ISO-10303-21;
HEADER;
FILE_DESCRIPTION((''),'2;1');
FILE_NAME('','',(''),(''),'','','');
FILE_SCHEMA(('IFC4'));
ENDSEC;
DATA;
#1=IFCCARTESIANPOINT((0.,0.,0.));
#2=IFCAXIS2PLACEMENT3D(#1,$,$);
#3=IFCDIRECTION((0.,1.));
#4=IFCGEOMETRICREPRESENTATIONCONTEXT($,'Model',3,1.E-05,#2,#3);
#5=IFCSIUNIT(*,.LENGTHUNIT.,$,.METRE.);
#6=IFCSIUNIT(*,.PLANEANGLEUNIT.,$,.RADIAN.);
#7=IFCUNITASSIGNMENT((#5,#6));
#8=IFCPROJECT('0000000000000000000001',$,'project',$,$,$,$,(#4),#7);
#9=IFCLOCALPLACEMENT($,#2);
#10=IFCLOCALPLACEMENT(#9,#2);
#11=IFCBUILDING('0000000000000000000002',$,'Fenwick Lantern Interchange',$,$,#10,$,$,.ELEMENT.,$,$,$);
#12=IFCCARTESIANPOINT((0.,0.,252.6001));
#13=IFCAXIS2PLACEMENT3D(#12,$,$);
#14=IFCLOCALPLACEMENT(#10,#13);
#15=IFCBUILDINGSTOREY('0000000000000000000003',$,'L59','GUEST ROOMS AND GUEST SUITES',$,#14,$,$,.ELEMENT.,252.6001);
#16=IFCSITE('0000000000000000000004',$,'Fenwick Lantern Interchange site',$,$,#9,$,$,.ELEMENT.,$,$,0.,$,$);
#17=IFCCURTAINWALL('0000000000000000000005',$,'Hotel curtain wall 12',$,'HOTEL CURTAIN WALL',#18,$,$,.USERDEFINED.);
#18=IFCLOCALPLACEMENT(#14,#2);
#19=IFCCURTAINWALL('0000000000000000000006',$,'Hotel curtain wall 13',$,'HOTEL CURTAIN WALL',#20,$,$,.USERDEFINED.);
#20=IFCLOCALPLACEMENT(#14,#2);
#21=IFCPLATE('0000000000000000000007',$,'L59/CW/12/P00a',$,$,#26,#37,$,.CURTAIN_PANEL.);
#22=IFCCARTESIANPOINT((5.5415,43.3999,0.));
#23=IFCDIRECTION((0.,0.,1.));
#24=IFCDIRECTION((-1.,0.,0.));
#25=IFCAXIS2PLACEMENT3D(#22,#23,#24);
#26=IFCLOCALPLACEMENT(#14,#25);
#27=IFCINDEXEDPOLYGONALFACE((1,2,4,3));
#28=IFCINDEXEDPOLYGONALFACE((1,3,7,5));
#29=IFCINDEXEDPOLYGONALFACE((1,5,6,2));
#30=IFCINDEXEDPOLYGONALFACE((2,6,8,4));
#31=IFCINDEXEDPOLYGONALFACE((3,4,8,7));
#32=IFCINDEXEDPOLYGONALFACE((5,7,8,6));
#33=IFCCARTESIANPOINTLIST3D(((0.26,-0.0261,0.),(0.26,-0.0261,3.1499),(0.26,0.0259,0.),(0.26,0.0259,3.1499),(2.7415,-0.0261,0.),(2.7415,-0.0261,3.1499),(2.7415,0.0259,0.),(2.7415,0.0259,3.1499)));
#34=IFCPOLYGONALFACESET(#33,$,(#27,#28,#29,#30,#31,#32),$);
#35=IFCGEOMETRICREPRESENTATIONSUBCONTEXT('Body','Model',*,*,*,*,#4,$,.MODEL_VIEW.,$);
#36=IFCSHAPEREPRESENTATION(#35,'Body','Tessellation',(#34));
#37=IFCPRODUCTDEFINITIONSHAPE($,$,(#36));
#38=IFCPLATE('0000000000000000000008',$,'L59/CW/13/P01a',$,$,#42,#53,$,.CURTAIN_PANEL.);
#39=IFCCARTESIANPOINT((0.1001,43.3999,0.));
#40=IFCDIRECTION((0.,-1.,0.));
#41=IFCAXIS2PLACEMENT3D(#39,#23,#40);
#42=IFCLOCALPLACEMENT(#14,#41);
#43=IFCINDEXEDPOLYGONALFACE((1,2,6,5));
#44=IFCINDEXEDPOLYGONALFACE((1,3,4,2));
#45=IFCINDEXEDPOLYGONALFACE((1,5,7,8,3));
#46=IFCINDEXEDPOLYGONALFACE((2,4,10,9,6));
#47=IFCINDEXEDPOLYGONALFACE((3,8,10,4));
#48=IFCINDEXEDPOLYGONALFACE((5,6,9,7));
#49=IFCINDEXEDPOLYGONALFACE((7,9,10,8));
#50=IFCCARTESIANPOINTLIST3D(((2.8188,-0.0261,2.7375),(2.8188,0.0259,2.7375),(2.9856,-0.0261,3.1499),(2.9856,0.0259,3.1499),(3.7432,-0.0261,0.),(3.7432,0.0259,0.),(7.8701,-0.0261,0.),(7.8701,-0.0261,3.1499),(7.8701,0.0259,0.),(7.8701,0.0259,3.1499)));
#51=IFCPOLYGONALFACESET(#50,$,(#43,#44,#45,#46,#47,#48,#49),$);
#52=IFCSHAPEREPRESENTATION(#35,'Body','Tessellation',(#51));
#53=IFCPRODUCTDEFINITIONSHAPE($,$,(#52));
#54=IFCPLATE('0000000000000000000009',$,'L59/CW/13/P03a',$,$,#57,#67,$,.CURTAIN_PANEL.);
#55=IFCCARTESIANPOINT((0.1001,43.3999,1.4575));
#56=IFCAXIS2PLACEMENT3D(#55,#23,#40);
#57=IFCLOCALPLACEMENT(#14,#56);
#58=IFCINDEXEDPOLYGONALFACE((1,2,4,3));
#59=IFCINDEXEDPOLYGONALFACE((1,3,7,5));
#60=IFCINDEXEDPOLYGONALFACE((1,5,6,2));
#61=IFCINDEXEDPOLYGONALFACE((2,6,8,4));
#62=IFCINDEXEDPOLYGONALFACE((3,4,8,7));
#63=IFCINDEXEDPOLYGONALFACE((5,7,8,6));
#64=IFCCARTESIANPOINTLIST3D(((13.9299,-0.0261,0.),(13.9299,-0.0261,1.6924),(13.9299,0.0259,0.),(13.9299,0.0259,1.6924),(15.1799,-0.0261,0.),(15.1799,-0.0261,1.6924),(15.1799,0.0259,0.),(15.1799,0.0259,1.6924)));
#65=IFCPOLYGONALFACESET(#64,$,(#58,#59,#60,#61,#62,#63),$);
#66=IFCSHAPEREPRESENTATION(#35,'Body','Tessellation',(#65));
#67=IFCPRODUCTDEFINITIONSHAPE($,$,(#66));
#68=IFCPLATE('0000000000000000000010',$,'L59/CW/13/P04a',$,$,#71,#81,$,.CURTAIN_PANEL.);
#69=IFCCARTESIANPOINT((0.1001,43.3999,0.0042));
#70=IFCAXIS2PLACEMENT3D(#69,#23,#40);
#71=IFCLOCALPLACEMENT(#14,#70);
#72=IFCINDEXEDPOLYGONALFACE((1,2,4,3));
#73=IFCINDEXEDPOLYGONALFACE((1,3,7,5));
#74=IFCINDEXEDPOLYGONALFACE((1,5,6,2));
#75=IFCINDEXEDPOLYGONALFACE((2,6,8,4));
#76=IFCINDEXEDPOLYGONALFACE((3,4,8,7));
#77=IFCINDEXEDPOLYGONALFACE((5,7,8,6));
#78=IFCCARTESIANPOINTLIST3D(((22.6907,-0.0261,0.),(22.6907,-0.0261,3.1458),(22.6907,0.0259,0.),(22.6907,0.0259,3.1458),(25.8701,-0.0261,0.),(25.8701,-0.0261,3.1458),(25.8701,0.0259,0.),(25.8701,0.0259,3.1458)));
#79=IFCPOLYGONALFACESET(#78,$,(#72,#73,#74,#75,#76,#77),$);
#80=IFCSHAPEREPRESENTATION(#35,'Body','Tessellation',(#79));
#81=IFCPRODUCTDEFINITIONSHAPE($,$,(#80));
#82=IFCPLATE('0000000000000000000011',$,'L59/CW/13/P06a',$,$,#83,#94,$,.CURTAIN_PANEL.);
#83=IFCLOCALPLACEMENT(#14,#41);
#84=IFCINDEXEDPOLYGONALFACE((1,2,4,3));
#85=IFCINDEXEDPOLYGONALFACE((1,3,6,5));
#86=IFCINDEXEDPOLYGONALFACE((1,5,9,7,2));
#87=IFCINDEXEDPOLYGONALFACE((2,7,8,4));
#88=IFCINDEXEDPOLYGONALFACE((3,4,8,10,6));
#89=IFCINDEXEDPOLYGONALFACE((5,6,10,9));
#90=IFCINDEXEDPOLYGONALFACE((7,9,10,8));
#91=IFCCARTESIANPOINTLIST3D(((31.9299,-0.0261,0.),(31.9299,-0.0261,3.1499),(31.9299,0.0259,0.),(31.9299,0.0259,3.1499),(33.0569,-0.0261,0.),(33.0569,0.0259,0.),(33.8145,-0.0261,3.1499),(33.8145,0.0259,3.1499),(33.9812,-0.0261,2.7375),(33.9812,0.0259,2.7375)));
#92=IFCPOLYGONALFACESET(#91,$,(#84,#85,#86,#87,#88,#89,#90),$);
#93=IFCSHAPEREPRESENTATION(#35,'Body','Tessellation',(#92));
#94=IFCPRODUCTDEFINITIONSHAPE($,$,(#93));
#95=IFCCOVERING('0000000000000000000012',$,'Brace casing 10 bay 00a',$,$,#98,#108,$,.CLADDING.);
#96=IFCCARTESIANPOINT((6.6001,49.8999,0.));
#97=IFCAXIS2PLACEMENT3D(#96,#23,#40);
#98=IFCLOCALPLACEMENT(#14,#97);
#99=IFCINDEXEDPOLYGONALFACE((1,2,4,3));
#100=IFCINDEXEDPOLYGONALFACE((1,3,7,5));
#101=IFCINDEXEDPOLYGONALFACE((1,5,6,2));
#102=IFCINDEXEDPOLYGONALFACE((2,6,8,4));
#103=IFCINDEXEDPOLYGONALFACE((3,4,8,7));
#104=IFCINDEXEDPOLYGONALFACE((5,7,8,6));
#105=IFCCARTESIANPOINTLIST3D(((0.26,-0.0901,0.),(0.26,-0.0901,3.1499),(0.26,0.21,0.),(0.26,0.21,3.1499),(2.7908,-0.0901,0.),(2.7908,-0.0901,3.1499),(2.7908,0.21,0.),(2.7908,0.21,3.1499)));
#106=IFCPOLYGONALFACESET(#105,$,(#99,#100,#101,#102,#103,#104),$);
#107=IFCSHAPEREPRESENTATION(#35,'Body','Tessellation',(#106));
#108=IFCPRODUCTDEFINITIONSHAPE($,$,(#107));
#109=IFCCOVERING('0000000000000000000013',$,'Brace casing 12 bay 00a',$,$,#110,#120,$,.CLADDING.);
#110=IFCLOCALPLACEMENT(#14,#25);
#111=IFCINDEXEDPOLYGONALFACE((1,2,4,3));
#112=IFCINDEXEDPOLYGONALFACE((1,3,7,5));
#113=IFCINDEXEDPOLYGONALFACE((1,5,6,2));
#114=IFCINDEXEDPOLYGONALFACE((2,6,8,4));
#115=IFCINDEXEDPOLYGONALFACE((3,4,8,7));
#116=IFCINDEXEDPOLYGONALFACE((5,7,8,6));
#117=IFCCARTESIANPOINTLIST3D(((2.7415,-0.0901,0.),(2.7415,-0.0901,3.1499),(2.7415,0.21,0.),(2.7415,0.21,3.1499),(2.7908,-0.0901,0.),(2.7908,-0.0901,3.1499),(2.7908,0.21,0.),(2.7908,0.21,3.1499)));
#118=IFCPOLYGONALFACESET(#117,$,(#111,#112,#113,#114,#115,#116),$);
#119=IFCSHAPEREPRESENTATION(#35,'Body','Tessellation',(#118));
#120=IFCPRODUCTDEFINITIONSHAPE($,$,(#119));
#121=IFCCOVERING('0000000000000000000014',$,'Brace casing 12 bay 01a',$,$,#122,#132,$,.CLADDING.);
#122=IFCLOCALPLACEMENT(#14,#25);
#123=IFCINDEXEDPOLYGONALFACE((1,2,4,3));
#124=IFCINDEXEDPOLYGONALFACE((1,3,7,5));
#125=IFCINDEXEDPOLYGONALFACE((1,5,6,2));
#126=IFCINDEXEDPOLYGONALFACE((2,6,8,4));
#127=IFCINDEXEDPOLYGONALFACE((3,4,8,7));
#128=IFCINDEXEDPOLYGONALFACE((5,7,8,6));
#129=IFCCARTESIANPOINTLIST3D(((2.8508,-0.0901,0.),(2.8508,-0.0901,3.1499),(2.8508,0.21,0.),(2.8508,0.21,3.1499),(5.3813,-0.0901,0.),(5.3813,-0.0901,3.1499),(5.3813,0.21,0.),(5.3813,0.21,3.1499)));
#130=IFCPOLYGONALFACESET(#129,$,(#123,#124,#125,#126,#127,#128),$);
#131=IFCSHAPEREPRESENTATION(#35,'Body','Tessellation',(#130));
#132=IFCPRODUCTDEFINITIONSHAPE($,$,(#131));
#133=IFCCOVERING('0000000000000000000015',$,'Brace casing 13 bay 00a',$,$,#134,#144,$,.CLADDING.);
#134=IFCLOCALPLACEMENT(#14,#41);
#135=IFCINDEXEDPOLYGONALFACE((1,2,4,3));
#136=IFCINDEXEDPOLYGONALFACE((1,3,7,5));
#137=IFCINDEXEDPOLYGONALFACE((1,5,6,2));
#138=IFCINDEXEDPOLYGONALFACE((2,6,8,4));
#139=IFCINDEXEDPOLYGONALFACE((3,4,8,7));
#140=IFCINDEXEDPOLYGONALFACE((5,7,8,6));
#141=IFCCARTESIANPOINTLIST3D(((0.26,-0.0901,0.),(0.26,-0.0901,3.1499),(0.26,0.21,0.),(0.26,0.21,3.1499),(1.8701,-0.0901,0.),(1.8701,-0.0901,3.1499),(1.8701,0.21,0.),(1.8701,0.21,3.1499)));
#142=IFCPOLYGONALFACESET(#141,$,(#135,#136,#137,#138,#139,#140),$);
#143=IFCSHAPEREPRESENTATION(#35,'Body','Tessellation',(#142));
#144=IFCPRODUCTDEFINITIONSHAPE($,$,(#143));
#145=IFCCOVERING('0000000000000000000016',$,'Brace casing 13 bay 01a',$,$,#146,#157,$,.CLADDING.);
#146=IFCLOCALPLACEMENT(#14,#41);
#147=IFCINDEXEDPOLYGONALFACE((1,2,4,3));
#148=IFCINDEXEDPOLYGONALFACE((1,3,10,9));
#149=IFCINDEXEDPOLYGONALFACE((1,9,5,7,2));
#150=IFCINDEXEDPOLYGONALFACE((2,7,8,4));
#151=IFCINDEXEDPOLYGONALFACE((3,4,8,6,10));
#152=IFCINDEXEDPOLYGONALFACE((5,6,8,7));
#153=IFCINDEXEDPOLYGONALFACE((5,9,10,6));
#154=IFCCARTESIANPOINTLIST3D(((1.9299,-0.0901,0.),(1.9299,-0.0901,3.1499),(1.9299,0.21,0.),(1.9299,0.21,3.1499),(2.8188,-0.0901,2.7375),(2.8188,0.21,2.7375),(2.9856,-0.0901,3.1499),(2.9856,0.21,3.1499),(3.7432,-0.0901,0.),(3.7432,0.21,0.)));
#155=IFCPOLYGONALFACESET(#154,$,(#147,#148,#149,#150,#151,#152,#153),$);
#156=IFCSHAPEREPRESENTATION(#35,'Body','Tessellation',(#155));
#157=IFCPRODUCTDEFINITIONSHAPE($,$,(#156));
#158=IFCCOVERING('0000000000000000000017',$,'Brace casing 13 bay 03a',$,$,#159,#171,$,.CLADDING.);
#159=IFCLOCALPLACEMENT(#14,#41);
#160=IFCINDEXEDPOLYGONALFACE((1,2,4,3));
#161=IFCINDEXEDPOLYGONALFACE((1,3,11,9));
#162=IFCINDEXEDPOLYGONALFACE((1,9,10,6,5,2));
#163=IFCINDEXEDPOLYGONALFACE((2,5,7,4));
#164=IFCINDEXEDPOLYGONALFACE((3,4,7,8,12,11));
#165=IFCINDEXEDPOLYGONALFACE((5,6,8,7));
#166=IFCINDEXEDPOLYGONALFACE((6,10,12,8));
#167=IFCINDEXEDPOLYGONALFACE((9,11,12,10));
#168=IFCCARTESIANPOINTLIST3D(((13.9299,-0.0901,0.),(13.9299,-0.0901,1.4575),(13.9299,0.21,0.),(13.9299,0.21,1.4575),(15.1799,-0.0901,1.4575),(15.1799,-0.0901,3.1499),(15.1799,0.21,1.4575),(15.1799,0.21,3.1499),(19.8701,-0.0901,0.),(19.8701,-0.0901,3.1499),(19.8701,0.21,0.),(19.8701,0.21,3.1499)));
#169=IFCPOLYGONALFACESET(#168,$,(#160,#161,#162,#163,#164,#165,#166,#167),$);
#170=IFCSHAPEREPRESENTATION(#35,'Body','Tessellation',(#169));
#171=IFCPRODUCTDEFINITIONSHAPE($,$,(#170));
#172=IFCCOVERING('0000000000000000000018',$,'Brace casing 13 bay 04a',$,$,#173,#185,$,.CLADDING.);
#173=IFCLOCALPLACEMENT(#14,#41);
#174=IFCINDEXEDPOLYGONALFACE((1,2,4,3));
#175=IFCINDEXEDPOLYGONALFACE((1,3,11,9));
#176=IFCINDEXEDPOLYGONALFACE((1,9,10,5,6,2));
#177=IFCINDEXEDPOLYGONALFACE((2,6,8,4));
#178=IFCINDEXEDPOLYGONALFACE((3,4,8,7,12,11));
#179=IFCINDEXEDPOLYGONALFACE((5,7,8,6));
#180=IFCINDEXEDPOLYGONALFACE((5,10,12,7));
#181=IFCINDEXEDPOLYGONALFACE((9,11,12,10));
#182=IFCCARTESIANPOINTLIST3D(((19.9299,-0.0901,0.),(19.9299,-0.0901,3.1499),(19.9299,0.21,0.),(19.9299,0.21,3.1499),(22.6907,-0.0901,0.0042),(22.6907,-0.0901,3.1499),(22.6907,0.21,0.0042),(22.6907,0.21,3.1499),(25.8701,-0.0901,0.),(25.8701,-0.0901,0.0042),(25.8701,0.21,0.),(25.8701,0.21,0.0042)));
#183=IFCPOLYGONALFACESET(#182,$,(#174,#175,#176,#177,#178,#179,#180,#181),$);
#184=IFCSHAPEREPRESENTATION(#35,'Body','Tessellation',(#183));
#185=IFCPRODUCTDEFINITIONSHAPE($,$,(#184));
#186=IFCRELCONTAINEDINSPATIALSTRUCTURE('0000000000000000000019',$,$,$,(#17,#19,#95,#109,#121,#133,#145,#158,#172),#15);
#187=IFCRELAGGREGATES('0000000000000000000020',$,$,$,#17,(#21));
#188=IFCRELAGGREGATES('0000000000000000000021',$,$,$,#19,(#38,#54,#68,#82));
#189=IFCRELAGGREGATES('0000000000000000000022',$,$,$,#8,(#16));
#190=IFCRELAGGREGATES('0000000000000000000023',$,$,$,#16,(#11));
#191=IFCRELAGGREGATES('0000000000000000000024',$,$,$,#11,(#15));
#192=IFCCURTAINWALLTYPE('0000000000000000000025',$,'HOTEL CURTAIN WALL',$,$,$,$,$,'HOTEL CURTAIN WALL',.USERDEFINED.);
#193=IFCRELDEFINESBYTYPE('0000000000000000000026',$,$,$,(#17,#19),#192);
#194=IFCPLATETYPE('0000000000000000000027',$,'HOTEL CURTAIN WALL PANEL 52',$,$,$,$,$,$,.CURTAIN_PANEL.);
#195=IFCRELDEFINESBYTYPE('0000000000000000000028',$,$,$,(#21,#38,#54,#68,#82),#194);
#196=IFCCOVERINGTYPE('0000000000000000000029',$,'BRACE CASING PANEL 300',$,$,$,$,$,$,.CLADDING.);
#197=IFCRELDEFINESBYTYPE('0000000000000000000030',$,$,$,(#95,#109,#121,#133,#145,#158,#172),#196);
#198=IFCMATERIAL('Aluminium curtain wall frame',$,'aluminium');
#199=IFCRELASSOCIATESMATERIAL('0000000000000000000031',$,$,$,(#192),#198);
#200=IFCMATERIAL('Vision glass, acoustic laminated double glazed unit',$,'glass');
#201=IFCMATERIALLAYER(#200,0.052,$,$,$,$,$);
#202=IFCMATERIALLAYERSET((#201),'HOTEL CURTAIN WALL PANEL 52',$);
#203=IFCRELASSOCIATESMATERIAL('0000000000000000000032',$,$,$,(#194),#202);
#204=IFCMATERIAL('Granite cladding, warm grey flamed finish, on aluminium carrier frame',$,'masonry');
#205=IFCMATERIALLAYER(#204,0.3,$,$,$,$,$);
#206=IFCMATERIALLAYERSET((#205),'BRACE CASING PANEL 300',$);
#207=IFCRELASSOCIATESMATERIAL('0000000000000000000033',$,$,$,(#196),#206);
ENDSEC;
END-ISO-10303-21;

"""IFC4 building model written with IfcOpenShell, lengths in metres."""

from ifc_helpers import new_model, si_unit, direction, frame, origin, place, context, subcontext, project, spatial, polyline, outline, extrude, material, layer, layer_set, type_object, element, aggregate, save


model = new_model("IFC4")

# Units and contexts
model_context = context("Model", 3, precision=1e-05, world=origin(), true_north=direction((0.0, 1.0)))
body_context = subcontext(model_context, "Body", "Model", "MODEL_VIEW")
ifc_project = project(units=[si_unit("LENGTHUNIT", "METRE"), si_unit("PLANEANGLEUNIT", "RADIAN")], contexts=[model_context])

# Site, building, storey
site_placement = place(None, origin())
site = spatial("IfcSite", under=ifc_project, at=site_placement, Name="Fenwick Lantern Interchange site", CompositionType="ELEMENT", RefElevation=0.0)
building_placement = place(site_placement, origin())
building = spatial("IfcBuilding", under=site, at=building_placement, Name="Fenwick Lantern Interchange", CompositionType="ELEMENT")
storey_placement = place(building_placement, frame((0.0, 0.0, 252.6001)))
storey = spatial("IfcBuildingStorey", under=building, at=storey_placement, Name="L59", Description="GUEST ROOMS AND GUEST SUITES", CompositionType="ELEMENT", Elevation=252.6001)

# Shared definitions
ifc_material_1 = material(Name="Aluminium curtain wall frame", Category="aluminium")
curtain_wall_type = type_object("IfcCurtainWallType", Name="HOTEL CURTAIN WALL", ElementType="HOTEL CURTAIN WALL", PredefinedType="USERDEFINED", material=ifc_material_1)

# Curtain wall
curtain_wall_1_placement = place(storey_placement, origin())
curtain_wall_1 = element("IfcCurtainWall", 1, at=curtain_wall_1_placement, inside=storey, type_object=curtain_wall_type, Name="Hotel curtain wall 12", ObjectType="HOTEL CURTAIN WALL", PredefinedType="USERDEFINED")

# Curtain wall
curtain_wall_2_placement = place(storey_placement, origin())
curtain_wall_2 = element("IfcCurtainWall", 2, at=curtain_wall_2_placement, inside=storey, type_object=curtain_wall_type, Name="Hotel curtain wall 13", ObjectType="HOTEL CURTAIN WALL", PredefinedType="USERDEFINED")

# Plates
ifc_material_2 = material(Name="Vision glass, acoustic laminated double glazed unit", Category="glass")
ifc_layer_1 = layer(ifc_material_2, 0.052)
ifc_layer_set_1 = layer_set([ifc_layer_1], Name="HOTEL CURTAIN WALL PANEL 52")
plate_type = type_object("IfcPlateType", Name="HOTEL CURTAIN WALL PANEL 52", PredefinedType="CURTAIN_PANEL", material=ifc_layer_set_1)
plate_1_placement = place(storey_placement, frame((5.5415, 43.3999, 0.0), z_axis=(0.0, 0.0, 1.0), x_axis=(-1.0, 0.0, 0.0)))
plate_1 = element("IfcPlate", 3, at=plate_1_placement, type_object=plate_type, Name="L59/CW/12/P00a", PredefinedType="CURTAIN_PANEL", context=body_context, shape_type="SweptSolid", body=[
    extrude(outline(polyline([(0.26, 0.0), (2.7415, 0.0), (2.7415, 3.1499), (0.26, 3.1499), (0.26, 0.0)])), frame((0.0, 0.0259, 0.0), z_axis=(0.0, -1.0, 0.0), x_axis=(1.0, 0.0, 0.0)), (0.0, 0.0, 1.0), 0.052),
])
aggregate(curtain_wall_1, [plate_1])
plate_2_placement = place(storey_placement, frame((0.1001, 43.3999, 0.0), z_axis=(0.0, 0.0, 1.0), x_axis=(0.0, -1.0, 0.0)))
plate_2 = element("IfcPlate", 4, at=plate_2_placement, type_object=plate_type, Name="L59/CW/13/P01a", PredefinedType="CURTAIN_PANEL", context=body_context, shape_type="SweptSolid", body=[
    extrude(outline(polyline([(3.7432, 0.0), (7.8701, 0.0), (7.8701, 3.1499), (2.9856, 3.1499), (2.8188, 2.7375), (3.7432, 0.0)])), frame((0.0, 0.0259, 0.0), z_axis=(0.0, -1.0, 0.0), x_axis=(1.0, 0.0, 0.0)), (0.0, 0.0, 1.0), 0.052),
])
plate_3_placement = place(storey_placement, frame((0.1001, 43.3999, 1.4575), z_axis=(0.0, 0.0, 1.0), x_axis=(0.0, -1.0, 0.0)))
plate_3 = element("IfcPlate", 5, at=plate_3_placement, type_object=plate_type, Name="L59/CW/13/P03a", PredefinedType="CURTAIN_PANEL", context=body_context, shape_type="SweptSolid", body=[
    extrude(outline(polyline([(13.9299, 0.0), (15.1799, 0.0), (15.1799, 1.6924), (13.9299, 1.6924), (13.9299, 0.0)])), frame((0.0, 0.0259, 0.0), z_axis=(0.0, -1.0, 0.0), x_axis=(1.0, 0.0, 0.0)), (0.0, 0.0, 1.0), 0.052),
])
plate_4_placement = place(storey_placement, frame((0.1001, 43.3999, 0.0042), z_axis=(0.0, 0.0, 1.0), x_axis=(0.0, -1.0, 0.0)))
plate_4 = element("IfcPlate", 6, at=plate_4_placement, type_object=plate_type, Name="L59/CW/13/P04a", PredefinedType="CURTAIN_PANEL", context=body_context, shape_type="SweptSolid", body=[
    extrude(outline(polyline([(22.6907, 0.0), (25.8701, 0.0), (25.8701, 3.1458), (22.6907, 3.1458), (22.6907, 0.0)])), frame((0.0, 0.0259, 0.0), z_axis=(0.0, -1.0, 0.0), x_axis=(1.0, 0.0, 0.0)), (0.0, 0.0, 1.0), 0.052),
])
plate_5_placement = place(storey_placement, frame((0.1001, 43.3999, 0.0), z_axis=(0.0, 0.0, 1.0), x_axis=(0.0, -1.0, 0.0)))
plate_5 = element("IfcPlate", 7, at=plate_5_placement, type_object=plate_type, Name="L59/CW/13/P06a", PredefinedType="CURTAIN_PANEL", context=body_context, shape_type="SweptSolid", body=[
    extrude(outline(polyline([(31.9299, 0.0), (33.0569, 0.0), (33.9812, 2.7375), (33.8145, 3.1499), (31.9299, 3.1499), (31.9299, 0.0)])), frame((0.0, 0.0259, 0.0), z_axis=(0.0, -1.0, 0.0), x_axis=(1.0, 0.0, 0.0)), (0.0, 0.0, 1.0), 0.052),
])
aggregate(curtain_wall_2, [plate_2, plate_3, plate_4, plate_5])

# Coverings
ifc_material_3 = material(Name="Granite cladding, warm grey flamed finish, on aluminium carrier frame", Category="masonry")
ifc_layer_2 = layer(ifc_material_3, 0.3)
ifc_layer_set_2 = layer_set([ifc_layer_2], Name="BRACE CASING PANEL 300")
covering_type = type_object("IfcCoveringType", Name="BRACE CASING PANEL 300", PredefinedType="CLADDING", material=ifc_layer_set_2)
covering_1_placement = place(storey_placement, frame((6.6001, 49.8999, 0.0), z_axis=(0.0, 0.0, 1.0), x_axis=(0.0, -1.0, 0.0)))
element("IfcCovering", 8, at=covering_1_placement, inside=storey, type_object=covering_type, Name="Brace casing 10 bay 00a", PredefinedType="CLADDING", context=body_context, shape_type="SweptSolid", body=[
    extrude(outline(polyline([(0.26, 0.0), (2.7908, 0.0), (2.7908, 3.1499), (0.26, 3.1499), (0.26, 0.0)])), frame((0.0, 0.21, 0.0), z_axis=(0.0, -1.0, 0.0), x_axis=(1.0, 0.0, 0.0)), (0.0, 0.0, 1.0), 0.3),
])
covering_2_placement = place(storey_placement, frame((5.5415, 43.3999, 0.0), z_axis=(0.0, 0.0, 1.0), x_axis=(-1.0, 0.0, 0.0)))
element("IfcCovering", 9, at=covering_2_placement, inside=storey, type_object=covering_type, Name="Brace casing 12 bay 00a", PredefinedType="CLADDING", context=body_context, shape_type="SweptSolid", body=[
    extrude(outline(polyline([(2.7415, 0.0), (2.7908, 0.0), (2.7908, 3.1499), (2.7415, 3.1499), (2.7415, 0.0)])), frame((0.0, 0.21, 0.0), z_axis=(0.0, -1.0, 0.0), x_axis=(1.0, 0.0, 0.0)), (0.0, 0.0, 1.0), 0.3),
])
covering_3_placement = place(storey_placement, frame((5.5415, 43.3999, 0.0), z_axis=(0.0, 0.0, 1.0), x_axis=(-1.0, 0.0, 0.0)))
element("IfcCovering", 10, at=covering_3_placement, inside=storey, type_object=covering_type, Name="Brace casing 12 bay 01a", PredefinedType="CLADDING", context=body_context, shape_type="SweptSolid", body=[
    extrude(outline(polyline([(2.8508, 0.0), (5.3813, 0.0), (5.3813, 3.1499), (2.8508, 3.1499), (2.8508, 0.0)])), frame((0.0, 0.21, 0.0), z_axis=(0.0, -1.0, 0.0), x_axis=(1.0, 0.0, 0.0)), (0.0, 0.0, 1.0), 0.3),
])
covering_4_placement = place(storey_placement, frame((0.1001, 43.3999, 0.0), z_axis=(0.0, 0.0, 1.0), x_axis=(0.0, -1.0, 0.0)))
element("IfcCovering", 11, at=covering_4_placement, inside=storey, type_object=covering_type, Name="Brace casing 13 bay 00a", PredefinedType="CLADDING", context=body_context, shape_type="SweptSolid", body=[
    extrude(outline(polyline([(0.26, 0.0), (1.8701, 0.0), (1.8701, 3.1499), (0.26, 3.1499), (0.26, 0.0)])), frame((0.0, 0.21, 0.0), z_axis=(0.0, -1.0, 0.0), x_axis=(1.0, 0.0, 0.0)), (0.0, 0.0, 1.0), 0.3),
])
covering_5_placement = place(storey_placement, frame((0.1001, 43.3999, 0.0), z_axis=(0.0, 0.0, 1.0), x_axis=(0.0, -1.0, 0.0)))
element("IfcCovering", 12, at=covering_5_placement, inside=storey, type_object=covering_type, Name="Brace casing 13 bay 01a", PredefinedType="CLADDING", context=body_context, shape_type="SweptSolid", body=[
    extrude(outline(polyline([(1.9299, 0.0), (3.7432, 0.0), (2.8188, 2.7375), (2.9856, 3.1499), (1.9299, 3.1499), (1.9299, 0.0)])), frame((0.0, 0.21, 0.0), z_axis=(0.0, -1.0, 0.0), x_axis=(1.0, 0.0, 0.0)), (0.0, 0.0, 1.0), 0.3),
])
covering_6_placement = place(storey_placement, frame((0.1001, 43.3999, 0.0), z_axis=(0.0, 0.0, 1.0), x_axis=(0.0, -1.0, 0.0)))
element("IfcCovering", 13, at=covering_6_placement, inside=storey, type_object=covering_type, Name="Brace casing 13 bay 03a", PredefinedType="CLADDING", context=body_context, shape_type="SweptSolid", body=[
    extrude(outline(polyline([(13.9299, 0.0), (19.8701, 0.0), (19.8701, 3.1499), (15.1799, 3.1499), (15.1799, 1.4575), (13.9299, 1.4575), (13.9299, 0.0)])), frame((0.0, 0.21, 0.0), z_axis=(0.0, -1.0, 0.0), x_axis=(1.0, 0.0, 0.0)), (0.0, 0.0, 1.0), 0.3),
])
covering_7_placement = place(storey_placement, frame((0.1001, 43.3999, 0.0), z_axis=(0.0, 0.0, 1.0), x_axis=(0.0, -1.0, 0.0)))
element("IfcCovering", 14, at=covering_7_placement, inside=storey, type_object=covering_type, Name="Brace casing 13 bay 04a", PredefinedType="CLADDING", context=body_context, shape_type="SweptSolid", body=[
    extrude(outline(polyline([(19.9299, 0.0), (25.8701, 0.0), (25.8701, 0.0042), (22.6907, 0.0042), (22.6907, 3.1499), (19.9299, 3.1499), (19.9299, 0.0)])), frame((0.0, 0.21, 0.0), z_axis=(0.0, -1.0, 0.0), x_axis=(1.0, 0.0, 0.0)), (0.0, 0.0, 1.0), 0.3),
])

save(model, "model.ifc")
